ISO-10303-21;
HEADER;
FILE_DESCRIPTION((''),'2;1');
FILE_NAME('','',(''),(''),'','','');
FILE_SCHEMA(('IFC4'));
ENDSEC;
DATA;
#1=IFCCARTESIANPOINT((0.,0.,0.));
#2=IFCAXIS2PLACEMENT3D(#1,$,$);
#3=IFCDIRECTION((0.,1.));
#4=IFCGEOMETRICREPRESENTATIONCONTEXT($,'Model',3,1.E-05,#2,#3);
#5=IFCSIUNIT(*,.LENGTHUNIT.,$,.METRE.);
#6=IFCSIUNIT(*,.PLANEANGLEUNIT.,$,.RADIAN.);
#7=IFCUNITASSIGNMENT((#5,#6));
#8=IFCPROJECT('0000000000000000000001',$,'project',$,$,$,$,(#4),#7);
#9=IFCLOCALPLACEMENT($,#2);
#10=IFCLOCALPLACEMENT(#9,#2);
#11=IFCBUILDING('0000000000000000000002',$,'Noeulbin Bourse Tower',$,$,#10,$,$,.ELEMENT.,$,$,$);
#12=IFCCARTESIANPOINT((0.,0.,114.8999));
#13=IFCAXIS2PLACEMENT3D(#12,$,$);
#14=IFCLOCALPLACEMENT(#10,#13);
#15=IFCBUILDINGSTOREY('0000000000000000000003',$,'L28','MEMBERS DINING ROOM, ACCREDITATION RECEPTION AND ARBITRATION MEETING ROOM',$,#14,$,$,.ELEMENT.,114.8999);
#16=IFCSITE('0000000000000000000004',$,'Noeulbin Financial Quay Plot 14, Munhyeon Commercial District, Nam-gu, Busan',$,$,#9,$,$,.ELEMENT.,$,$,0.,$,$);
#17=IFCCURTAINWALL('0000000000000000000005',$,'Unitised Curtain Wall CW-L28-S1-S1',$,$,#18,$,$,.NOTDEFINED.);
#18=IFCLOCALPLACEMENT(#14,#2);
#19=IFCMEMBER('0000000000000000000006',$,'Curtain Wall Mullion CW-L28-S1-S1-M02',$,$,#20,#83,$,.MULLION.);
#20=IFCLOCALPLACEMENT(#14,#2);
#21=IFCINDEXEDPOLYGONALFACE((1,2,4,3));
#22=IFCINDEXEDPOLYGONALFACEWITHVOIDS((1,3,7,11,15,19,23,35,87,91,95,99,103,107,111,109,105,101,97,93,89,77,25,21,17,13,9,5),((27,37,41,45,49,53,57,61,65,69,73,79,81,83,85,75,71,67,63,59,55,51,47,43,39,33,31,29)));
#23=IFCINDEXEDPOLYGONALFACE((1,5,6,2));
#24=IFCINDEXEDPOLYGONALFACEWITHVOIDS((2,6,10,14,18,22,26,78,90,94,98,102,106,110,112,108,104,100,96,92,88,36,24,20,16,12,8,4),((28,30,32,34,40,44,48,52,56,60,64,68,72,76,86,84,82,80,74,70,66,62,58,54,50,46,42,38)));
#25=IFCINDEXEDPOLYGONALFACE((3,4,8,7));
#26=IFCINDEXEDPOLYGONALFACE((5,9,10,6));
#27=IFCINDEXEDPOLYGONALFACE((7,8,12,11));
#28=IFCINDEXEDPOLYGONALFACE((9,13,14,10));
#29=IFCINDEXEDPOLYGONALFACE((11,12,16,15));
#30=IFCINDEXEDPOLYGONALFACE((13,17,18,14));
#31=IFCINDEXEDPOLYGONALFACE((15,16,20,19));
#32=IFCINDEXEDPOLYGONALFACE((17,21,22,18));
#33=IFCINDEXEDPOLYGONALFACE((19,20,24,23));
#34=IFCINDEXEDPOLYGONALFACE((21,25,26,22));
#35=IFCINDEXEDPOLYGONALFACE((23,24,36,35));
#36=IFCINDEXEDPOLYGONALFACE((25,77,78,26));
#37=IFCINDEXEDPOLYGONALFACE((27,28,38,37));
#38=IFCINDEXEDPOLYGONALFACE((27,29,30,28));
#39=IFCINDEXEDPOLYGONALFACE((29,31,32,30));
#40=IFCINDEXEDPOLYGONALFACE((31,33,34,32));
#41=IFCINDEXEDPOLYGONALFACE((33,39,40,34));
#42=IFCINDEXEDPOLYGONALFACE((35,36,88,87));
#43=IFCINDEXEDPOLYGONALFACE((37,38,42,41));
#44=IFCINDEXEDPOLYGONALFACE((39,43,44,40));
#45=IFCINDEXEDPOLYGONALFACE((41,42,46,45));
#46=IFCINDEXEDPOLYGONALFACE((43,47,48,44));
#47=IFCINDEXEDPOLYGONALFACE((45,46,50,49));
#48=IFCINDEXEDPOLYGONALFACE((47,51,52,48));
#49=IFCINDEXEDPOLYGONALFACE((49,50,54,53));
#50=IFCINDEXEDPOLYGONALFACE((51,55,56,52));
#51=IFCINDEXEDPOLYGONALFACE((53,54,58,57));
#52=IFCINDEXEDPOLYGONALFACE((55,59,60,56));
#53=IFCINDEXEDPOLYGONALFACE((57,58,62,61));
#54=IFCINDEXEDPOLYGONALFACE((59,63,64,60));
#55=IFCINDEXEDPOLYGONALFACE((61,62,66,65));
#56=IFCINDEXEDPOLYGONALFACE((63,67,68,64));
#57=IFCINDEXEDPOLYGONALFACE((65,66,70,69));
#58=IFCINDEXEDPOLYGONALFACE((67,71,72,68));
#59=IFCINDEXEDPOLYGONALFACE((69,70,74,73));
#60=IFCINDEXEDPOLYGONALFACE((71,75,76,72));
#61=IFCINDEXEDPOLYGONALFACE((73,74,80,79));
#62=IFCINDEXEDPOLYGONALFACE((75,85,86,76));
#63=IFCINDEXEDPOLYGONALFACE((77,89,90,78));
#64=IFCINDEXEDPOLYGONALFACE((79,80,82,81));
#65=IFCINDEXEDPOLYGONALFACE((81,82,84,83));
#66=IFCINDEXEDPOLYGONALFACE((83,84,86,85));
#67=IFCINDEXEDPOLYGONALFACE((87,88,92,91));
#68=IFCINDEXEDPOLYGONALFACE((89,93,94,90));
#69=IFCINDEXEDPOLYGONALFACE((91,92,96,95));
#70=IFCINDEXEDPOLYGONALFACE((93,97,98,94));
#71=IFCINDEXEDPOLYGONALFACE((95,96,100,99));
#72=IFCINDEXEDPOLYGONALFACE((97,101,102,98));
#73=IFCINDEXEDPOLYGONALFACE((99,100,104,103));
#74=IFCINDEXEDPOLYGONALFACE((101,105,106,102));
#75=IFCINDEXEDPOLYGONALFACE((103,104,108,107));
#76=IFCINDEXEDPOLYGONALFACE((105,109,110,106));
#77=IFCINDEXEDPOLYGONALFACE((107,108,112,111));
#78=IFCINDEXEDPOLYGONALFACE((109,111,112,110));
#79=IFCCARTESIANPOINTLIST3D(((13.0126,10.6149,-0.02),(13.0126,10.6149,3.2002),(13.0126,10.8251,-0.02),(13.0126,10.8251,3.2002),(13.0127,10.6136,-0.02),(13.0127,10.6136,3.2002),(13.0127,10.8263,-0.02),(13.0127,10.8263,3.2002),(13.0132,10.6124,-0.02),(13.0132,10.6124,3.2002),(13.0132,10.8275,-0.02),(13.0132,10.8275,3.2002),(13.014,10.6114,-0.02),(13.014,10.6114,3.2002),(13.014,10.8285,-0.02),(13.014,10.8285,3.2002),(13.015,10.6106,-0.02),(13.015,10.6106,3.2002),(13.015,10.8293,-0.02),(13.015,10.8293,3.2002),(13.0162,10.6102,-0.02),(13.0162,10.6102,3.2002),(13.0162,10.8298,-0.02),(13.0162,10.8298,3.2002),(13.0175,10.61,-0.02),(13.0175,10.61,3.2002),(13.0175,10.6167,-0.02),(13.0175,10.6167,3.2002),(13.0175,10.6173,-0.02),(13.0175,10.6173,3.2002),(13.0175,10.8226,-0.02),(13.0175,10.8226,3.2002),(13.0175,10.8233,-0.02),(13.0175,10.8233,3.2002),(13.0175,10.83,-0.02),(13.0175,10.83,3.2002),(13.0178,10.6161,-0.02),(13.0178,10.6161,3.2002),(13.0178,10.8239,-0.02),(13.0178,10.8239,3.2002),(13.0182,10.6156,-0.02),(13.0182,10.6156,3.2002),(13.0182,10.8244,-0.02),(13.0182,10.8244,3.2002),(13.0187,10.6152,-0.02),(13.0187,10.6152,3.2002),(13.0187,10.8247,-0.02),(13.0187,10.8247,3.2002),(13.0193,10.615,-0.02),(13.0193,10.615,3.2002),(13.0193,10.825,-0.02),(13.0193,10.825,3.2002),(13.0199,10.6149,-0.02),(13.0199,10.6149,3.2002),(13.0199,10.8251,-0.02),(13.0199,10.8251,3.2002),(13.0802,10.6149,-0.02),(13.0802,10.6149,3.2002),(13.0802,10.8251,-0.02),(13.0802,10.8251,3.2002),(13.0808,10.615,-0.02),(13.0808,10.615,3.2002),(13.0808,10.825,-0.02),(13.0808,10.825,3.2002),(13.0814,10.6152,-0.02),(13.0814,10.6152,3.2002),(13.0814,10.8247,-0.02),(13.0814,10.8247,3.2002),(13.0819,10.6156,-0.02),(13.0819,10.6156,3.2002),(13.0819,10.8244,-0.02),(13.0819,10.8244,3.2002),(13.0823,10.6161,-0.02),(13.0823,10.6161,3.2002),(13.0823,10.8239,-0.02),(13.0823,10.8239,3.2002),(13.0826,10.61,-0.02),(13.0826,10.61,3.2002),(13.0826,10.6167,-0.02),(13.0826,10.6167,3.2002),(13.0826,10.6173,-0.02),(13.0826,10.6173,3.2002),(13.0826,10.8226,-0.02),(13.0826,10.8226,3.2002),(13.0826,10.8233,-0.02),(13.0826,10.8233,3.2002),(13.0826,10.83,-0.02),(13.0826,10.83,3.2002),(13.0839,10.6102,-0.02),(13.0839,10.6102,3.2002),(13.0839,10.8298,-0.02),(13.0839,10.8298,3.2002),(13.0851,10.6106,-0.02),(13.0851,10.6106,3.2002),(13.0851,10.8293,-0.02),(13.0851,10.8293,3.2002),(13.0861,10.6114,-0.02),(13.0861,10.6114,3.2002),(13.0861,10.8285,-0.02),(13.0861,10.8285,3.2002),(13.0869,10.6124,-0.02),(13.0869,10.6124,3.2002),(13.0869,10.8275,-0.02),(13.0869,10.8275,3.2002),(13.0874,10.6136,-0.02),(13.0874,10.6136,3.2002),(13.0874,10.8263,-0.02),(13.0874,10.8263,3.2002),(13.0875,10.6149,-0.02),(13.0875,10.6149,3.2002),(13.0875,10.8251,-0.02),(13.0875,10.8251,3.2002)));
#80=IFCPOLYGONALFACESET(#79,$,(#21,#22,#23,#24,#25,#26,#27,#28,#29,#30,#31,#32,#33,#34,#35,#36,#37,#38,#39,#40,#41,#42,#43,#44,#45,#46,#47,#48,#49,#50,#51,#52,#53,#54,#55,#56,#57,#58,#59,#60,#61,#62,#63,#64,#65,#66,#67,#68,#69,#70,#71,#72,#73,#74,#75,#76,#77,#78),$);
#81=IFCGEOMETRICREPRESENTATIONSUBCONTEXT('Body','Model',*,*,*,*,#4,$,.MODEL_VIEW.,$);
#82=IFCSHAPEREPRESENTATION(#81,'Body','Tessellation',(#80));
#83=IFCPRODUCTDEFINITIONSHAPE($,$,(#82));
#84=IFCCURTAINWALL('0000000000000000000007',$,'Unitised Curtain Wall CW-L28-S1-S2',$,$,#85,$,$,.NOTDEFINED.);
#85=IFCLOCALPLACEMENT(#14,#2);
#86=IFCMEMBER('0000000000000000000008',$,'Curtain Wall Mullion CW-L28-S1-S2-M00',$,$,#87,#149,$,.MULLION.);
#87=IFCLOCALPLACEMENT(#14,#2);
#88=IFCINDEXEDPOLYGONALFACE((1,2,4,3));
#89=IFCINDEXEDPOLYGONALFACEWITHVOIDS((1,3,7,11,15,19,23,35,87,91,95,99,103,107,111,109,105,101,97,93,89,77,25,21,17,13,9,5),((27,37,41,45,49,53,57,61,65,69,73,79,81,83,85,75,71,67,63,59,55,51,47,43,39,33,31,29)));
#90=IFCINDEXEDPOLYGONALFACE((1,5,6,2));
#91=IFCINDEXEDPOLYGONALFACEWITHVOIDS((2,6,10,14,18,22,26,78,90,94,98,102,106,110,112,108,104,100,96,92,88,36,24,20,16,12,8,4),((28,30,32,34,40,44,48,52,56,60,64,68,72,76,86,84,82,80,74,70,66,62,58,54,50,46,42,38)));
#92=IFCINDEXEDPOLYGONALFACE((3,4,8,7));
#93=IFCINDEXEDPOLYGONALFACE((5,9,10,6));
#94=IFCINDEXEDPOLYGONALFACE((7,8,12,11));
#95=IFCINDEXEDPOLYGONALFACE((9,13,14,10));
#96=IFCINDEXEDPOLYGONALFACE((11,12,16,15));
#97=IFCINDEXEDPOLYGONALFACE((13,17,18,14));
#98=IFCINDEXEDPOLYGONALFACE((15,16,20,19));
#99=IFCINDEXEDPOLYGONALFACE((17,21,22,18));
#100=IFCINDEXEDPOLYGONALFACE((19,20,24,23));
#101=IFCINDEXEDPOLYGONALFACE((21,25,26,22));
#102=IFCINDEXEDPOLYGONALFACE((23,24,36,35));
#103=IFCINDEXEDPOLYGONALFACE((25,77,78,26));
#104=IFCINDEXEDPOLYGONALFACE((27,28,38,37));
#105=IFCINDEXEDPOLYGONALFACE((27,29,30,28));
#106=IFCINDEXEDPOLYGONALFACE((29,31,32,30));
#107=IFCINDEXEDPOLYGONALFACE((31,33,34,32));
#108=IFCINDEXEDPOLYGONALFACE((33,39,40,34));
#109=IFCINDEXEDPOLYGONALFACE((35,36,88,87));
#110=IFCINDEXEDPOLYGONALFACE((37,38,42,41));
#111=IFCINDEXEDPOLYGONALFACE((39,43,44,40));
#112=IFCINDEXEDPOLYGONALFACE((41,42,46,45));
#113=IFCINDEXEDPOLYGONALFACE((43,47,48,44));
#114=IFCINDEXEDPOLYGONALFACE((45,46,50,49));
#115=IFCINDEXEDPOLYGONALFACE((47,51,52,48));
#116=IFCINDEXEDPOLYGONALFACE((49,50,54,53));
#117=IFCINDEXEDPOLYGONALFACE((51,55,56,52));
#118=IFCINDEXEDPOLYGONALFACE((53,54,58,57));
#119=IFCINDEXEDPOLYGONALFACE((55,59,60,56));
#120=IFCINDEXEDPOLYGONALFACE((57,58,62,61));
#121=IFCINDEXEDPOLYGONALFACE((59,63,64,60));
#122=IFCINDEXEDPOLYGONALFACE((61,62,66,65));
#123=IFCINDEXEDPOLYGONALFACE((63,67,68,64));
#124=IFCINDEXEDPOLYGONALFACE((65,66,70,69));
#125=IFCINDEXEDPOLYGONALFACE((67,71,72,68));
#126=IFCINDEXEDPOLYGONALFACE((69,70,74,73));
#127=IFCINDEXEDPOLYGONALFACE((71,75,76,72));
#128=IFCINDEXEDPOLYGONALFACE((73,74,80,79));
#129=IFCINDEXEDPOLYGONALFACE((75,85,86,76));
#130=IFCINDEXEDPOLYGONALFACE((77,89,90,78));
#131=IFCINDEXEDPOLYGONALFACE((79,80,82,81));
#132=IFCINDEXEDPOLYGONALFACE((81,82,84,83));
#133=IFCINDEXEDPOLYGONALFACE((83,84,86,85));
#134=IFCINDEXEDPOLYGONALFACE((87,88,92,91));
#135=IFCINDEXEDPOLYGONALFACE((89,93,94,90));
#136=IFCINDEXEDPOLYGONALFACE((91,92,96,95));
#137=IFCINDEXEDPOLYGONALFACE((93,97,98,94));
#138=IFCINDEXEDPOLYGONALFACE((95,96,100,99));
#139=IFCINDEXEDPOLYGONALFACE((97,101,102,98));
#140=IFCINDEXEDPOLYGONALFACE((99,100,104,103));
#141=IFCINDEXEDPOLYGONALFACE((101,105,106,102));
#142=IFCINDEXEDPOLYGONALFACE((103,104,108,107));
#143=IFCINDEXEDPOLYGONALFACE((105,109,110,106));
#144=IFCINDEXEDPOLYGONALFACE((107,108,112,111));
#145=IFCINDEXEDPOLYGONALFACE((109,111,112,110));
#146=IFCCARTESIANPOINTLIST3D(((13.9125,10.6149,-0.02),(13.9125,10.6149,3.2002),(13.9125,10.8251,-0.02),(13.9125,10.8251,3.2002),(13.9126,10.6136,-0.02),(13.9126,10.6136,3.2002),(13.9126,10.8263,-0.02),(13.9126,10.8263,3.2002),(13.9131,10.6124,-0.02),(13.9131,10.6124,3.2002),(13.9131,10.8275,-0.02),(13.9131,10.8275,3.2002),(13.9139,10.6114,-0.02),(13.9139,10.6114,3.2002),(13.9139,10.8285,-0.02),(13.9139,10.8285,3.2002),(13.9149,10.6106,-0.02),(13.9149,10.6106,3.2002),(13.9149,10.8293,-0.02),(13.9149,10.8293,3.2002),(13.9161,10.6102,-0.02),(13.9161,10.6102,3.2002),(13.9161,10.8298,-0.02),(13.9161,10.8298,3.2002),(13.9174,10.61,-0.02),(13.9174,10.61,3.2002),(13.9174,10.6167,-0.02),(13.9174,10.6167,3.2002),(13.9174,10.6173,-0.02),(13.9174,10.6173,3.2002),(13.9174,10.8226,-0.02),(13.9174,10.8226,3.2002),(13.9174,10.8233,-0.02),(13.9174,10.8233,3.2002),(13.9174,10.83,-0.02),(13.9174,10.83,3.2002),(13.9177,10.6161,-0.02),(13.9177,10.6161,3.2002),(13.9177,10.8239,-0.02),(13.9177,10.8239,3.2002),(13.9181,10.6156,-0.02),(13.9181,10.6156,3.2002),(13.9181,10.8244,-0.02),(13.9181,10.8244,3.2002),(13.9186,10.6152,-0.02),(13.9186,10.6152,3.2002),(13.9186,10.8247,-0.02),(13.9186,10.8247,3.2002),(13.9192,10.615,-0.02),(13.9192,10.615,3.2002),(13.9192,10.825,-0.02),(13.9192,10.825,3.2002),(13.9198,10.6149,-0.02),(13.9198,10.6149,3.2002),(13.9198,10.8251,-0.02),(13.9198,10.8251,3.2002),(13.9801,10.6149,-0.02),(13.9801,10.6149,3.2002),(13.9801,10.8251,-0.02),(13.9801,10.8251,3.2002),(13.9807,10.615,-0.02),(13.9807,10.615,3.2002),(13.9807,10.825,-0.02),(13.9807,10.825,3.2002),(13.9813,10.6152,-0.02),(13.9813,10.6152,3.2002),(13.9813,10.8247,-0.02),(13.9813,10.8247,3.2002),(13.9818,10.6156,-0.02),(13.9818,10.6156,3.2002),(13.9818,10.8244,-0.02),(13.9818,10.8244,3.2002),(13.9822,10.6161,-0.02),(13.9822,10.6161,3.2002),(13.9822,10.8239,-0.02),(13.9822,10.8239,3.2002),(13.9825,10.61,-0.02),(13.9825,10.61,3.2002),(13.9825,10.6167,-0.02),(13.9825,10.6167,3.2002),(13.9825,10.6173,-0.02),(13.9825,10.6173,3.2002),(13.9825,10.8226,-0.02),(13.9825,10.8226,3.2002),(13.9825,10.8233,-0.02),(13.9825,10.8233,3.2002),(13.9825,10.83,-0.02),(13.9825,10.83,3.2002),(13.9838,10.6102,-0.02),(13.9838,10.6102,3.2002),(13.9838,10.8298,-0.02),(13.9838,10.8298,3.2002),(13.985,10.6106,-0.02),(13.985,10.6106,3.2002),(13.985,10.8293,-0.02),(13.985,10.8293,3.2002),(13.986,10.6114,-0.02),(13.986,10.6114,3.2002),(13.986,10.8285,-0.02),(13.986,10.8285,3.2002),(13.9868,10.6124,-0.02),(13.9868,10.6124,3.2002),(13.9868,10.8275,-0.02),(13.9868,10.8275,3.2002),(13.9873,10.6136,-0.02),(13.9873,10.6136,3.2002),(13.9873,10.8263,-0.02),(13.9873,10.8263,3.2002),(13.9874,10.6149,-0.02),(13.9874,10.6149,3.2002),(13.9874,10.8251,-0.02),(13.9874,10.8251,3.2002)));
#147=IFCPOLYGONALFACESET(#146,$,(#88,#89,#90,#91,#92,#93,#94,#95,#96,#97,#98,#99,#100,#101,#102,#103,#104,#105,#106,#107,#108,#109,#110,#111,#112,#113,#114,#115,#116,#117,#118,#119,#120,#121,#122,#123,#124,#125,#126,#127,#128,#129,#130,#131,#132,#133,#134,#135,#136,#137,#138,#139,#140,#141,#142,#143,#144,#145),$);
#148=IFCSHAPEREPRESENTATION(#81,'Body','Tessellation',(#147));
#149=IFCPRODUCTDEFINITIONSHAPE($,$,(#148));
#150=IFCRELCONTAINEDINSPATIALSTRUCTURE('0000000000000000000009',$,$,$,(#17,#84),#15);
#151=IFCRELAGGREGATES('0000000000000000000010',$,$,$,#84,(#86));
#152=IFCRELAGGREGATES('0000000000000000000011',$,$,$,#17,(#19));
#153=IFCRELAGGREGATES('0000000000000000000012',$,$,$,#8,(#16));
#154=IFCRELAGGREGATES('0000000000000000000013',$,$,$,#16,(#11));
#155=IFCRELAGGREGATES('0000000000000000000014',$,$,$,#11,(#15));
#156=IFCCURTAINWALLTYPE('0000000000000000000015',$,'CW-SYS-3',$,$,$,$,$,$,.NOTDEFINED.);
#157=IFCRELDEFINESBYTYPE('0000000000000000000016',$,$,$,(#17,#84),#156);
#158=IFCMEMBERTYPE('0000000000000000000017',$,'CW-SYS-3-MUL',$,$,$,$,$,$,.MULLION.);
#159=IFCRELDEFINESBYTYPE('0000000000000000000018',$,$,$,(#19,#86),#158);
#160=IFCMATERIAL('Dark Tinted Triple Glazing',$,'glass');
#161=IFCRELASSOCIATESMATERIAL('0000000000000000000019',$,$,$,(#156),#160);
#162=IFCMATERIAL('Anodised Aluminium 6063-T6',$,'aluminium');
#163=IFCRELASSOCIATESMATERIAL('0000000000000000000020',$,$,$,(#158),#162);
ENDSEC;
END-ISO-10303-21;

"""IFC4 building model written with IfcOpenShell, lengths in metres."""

from ifc_helpers import new_model, si_unit, direction, frame, origin, origin_2d, place, context, subcontext, project, spatial, hollow_rectangle, extrude, material, material_profile, profile_set, type_object, element, aggregate, save


model = new_model("IFC4")

# Units and contexts
model_context = context("Model", 3, precision=1e-05, world=origin(), true_north=direction((0.0, 1.0)))
body_context = subcontext(model_context, "Body", "Model", "MODEL_VIEW")
ifc_project = project(units=[si_unit("LENGTHUNIT", "METRE"), si_unit("PLANEANGLEUNIT", "RADIAN")], contexts=[model_context])

# Site, building, storey
site_placement = place(None, origin())
site = spatial("IfcSite", under=ifc_project, at=site_placement, Name="Noeulbin Financial Quay Plot 14, Munhyeon Commercial District, Nam-gu, Busan", CompositionType="ELEMENT", RefElevation=0.0)
building_placement = place(site_placement, origin())
building = spatial("IfcBuilding", under=site, at=building_placement, Name="Noeulbin Bourse Tower", CompositionType="ELEMENT")
storey_placement = place(building_placement, frame((0.0, 0.0, 114.8999)))
storey = spatial("IfcBuildingStorey", under=building, at=storey_placement, Name="L28", Description="MEMBERS DINING ROOM, ACCREDITATION RECEPTION AND ARBITRATION MEETING ROOM", CompositionType="ELEMENT", Elevation=114.8999)

# Curtain wall, member
ifc_material_1 = material(Name="Dark Tinted Triple Glazing", Category="glass")
curtain_wall_type = type_object("IfcCurtainWallType", Name="CW-SYS-3", PredefinedType="NOTDEFINED", material=ifc_material_1)
curtain_wall_1_placement = place(storey_placement, origin())
curtain_wall_1 = element("IfcCurtainWall", 1, at=curtain_wall_1_placement, inside=storey, type_object=curtain_wall_type, Name="Unitised Curtain Wall CW-L28-S1-S1", PredefinedType="NOTDEFINED")
ifc_material_2 = material(Name="Anodised Aluminium 6063-T6", Category="aluminium")
ifc_material_profile_1 = material_profile(ifc_material_2, hollow_rectangle(XDim=0.075, YDim=0.22, WallThickness=0.0049, InnerFilletRadius=0.0024, OuterFilletRadius=0.0049, at=origin_2d()), Name="ALU-MULL-75x220x5", Category="LoadBearing")
ifc_profile_set_1 = profile_set([ifc_material_profile_1], Name="Anodised Aluminium 6063-T6")
member_type_1 = type_object("IfcMemberType", Name="CW-SYS-3-MUL", PredefinedType="MULLION", material=ifc_profile_set_1)
member_1_placement = place(storey_placement, frame((13.05, 10.72, -0.02), z_axis=(0.0, 0.0, 1.0), x_axis=(1.0, 0.0, 0.0)))
member_1 = element("IfcMember", 2, at=member_1_placement, type_object=member_type_1, Name="Curtain Wall Mullion CW-L28-S1-S1-M02", PredefinedType="MULLION", context=body_context, shape_type="SweptSolid", body=[
    extrude(hollow_rectangle(XDim=0.075, YDim=0.22, WallThickness=0.0049, InnerFilletRadius=0.0024, OuterFilletRadius=0.0049, at=origin_2d()), origin(), (0.0, 0.0, 1.0), 3.2202),
])

# Curtain wall, member
curtain_wall_2_placement = place(storey_placement, origin())
curtain_wall_2 = element("IfcCurtainWall", 3, at=curtain_wall_2_placement, inside=storey, type_object=curtain_wall_type, Name="Unitised Curtain Wall CW-L28-S1-S2", PredefinedType="NOTDEFINED")
member_2_placement = place(storey_placement, frame((13.95, 10.72, -0.02), z_axis=(0.0, 0.0, 1.0), x_axis=(1.0, 0.0, 0.0)))
member_2 = element("IfcMember", 4, at=member_2_placement, type_object=member_type_1, Name="Curtain Wall Mullion CW-L28-S1-S2-M00", PredefinedType="MULLION", context=body_context, shape_type="SweptSolid", body=[
    extrude(hollow_rectangle(XDim=0.075, YDim=0.22, WallThickness=0.0049, InnerFilletRadius=0.0024, OuterFilletRadius=0.0049, at=origin_2d()), origin(), (0.0, 0.0, 1.0), 3.2202),
])

aggregate(curtain_wall_2, [member_2])

aggregate(curtain_wall_1, [member_1])

save(model, "model.ifc")
